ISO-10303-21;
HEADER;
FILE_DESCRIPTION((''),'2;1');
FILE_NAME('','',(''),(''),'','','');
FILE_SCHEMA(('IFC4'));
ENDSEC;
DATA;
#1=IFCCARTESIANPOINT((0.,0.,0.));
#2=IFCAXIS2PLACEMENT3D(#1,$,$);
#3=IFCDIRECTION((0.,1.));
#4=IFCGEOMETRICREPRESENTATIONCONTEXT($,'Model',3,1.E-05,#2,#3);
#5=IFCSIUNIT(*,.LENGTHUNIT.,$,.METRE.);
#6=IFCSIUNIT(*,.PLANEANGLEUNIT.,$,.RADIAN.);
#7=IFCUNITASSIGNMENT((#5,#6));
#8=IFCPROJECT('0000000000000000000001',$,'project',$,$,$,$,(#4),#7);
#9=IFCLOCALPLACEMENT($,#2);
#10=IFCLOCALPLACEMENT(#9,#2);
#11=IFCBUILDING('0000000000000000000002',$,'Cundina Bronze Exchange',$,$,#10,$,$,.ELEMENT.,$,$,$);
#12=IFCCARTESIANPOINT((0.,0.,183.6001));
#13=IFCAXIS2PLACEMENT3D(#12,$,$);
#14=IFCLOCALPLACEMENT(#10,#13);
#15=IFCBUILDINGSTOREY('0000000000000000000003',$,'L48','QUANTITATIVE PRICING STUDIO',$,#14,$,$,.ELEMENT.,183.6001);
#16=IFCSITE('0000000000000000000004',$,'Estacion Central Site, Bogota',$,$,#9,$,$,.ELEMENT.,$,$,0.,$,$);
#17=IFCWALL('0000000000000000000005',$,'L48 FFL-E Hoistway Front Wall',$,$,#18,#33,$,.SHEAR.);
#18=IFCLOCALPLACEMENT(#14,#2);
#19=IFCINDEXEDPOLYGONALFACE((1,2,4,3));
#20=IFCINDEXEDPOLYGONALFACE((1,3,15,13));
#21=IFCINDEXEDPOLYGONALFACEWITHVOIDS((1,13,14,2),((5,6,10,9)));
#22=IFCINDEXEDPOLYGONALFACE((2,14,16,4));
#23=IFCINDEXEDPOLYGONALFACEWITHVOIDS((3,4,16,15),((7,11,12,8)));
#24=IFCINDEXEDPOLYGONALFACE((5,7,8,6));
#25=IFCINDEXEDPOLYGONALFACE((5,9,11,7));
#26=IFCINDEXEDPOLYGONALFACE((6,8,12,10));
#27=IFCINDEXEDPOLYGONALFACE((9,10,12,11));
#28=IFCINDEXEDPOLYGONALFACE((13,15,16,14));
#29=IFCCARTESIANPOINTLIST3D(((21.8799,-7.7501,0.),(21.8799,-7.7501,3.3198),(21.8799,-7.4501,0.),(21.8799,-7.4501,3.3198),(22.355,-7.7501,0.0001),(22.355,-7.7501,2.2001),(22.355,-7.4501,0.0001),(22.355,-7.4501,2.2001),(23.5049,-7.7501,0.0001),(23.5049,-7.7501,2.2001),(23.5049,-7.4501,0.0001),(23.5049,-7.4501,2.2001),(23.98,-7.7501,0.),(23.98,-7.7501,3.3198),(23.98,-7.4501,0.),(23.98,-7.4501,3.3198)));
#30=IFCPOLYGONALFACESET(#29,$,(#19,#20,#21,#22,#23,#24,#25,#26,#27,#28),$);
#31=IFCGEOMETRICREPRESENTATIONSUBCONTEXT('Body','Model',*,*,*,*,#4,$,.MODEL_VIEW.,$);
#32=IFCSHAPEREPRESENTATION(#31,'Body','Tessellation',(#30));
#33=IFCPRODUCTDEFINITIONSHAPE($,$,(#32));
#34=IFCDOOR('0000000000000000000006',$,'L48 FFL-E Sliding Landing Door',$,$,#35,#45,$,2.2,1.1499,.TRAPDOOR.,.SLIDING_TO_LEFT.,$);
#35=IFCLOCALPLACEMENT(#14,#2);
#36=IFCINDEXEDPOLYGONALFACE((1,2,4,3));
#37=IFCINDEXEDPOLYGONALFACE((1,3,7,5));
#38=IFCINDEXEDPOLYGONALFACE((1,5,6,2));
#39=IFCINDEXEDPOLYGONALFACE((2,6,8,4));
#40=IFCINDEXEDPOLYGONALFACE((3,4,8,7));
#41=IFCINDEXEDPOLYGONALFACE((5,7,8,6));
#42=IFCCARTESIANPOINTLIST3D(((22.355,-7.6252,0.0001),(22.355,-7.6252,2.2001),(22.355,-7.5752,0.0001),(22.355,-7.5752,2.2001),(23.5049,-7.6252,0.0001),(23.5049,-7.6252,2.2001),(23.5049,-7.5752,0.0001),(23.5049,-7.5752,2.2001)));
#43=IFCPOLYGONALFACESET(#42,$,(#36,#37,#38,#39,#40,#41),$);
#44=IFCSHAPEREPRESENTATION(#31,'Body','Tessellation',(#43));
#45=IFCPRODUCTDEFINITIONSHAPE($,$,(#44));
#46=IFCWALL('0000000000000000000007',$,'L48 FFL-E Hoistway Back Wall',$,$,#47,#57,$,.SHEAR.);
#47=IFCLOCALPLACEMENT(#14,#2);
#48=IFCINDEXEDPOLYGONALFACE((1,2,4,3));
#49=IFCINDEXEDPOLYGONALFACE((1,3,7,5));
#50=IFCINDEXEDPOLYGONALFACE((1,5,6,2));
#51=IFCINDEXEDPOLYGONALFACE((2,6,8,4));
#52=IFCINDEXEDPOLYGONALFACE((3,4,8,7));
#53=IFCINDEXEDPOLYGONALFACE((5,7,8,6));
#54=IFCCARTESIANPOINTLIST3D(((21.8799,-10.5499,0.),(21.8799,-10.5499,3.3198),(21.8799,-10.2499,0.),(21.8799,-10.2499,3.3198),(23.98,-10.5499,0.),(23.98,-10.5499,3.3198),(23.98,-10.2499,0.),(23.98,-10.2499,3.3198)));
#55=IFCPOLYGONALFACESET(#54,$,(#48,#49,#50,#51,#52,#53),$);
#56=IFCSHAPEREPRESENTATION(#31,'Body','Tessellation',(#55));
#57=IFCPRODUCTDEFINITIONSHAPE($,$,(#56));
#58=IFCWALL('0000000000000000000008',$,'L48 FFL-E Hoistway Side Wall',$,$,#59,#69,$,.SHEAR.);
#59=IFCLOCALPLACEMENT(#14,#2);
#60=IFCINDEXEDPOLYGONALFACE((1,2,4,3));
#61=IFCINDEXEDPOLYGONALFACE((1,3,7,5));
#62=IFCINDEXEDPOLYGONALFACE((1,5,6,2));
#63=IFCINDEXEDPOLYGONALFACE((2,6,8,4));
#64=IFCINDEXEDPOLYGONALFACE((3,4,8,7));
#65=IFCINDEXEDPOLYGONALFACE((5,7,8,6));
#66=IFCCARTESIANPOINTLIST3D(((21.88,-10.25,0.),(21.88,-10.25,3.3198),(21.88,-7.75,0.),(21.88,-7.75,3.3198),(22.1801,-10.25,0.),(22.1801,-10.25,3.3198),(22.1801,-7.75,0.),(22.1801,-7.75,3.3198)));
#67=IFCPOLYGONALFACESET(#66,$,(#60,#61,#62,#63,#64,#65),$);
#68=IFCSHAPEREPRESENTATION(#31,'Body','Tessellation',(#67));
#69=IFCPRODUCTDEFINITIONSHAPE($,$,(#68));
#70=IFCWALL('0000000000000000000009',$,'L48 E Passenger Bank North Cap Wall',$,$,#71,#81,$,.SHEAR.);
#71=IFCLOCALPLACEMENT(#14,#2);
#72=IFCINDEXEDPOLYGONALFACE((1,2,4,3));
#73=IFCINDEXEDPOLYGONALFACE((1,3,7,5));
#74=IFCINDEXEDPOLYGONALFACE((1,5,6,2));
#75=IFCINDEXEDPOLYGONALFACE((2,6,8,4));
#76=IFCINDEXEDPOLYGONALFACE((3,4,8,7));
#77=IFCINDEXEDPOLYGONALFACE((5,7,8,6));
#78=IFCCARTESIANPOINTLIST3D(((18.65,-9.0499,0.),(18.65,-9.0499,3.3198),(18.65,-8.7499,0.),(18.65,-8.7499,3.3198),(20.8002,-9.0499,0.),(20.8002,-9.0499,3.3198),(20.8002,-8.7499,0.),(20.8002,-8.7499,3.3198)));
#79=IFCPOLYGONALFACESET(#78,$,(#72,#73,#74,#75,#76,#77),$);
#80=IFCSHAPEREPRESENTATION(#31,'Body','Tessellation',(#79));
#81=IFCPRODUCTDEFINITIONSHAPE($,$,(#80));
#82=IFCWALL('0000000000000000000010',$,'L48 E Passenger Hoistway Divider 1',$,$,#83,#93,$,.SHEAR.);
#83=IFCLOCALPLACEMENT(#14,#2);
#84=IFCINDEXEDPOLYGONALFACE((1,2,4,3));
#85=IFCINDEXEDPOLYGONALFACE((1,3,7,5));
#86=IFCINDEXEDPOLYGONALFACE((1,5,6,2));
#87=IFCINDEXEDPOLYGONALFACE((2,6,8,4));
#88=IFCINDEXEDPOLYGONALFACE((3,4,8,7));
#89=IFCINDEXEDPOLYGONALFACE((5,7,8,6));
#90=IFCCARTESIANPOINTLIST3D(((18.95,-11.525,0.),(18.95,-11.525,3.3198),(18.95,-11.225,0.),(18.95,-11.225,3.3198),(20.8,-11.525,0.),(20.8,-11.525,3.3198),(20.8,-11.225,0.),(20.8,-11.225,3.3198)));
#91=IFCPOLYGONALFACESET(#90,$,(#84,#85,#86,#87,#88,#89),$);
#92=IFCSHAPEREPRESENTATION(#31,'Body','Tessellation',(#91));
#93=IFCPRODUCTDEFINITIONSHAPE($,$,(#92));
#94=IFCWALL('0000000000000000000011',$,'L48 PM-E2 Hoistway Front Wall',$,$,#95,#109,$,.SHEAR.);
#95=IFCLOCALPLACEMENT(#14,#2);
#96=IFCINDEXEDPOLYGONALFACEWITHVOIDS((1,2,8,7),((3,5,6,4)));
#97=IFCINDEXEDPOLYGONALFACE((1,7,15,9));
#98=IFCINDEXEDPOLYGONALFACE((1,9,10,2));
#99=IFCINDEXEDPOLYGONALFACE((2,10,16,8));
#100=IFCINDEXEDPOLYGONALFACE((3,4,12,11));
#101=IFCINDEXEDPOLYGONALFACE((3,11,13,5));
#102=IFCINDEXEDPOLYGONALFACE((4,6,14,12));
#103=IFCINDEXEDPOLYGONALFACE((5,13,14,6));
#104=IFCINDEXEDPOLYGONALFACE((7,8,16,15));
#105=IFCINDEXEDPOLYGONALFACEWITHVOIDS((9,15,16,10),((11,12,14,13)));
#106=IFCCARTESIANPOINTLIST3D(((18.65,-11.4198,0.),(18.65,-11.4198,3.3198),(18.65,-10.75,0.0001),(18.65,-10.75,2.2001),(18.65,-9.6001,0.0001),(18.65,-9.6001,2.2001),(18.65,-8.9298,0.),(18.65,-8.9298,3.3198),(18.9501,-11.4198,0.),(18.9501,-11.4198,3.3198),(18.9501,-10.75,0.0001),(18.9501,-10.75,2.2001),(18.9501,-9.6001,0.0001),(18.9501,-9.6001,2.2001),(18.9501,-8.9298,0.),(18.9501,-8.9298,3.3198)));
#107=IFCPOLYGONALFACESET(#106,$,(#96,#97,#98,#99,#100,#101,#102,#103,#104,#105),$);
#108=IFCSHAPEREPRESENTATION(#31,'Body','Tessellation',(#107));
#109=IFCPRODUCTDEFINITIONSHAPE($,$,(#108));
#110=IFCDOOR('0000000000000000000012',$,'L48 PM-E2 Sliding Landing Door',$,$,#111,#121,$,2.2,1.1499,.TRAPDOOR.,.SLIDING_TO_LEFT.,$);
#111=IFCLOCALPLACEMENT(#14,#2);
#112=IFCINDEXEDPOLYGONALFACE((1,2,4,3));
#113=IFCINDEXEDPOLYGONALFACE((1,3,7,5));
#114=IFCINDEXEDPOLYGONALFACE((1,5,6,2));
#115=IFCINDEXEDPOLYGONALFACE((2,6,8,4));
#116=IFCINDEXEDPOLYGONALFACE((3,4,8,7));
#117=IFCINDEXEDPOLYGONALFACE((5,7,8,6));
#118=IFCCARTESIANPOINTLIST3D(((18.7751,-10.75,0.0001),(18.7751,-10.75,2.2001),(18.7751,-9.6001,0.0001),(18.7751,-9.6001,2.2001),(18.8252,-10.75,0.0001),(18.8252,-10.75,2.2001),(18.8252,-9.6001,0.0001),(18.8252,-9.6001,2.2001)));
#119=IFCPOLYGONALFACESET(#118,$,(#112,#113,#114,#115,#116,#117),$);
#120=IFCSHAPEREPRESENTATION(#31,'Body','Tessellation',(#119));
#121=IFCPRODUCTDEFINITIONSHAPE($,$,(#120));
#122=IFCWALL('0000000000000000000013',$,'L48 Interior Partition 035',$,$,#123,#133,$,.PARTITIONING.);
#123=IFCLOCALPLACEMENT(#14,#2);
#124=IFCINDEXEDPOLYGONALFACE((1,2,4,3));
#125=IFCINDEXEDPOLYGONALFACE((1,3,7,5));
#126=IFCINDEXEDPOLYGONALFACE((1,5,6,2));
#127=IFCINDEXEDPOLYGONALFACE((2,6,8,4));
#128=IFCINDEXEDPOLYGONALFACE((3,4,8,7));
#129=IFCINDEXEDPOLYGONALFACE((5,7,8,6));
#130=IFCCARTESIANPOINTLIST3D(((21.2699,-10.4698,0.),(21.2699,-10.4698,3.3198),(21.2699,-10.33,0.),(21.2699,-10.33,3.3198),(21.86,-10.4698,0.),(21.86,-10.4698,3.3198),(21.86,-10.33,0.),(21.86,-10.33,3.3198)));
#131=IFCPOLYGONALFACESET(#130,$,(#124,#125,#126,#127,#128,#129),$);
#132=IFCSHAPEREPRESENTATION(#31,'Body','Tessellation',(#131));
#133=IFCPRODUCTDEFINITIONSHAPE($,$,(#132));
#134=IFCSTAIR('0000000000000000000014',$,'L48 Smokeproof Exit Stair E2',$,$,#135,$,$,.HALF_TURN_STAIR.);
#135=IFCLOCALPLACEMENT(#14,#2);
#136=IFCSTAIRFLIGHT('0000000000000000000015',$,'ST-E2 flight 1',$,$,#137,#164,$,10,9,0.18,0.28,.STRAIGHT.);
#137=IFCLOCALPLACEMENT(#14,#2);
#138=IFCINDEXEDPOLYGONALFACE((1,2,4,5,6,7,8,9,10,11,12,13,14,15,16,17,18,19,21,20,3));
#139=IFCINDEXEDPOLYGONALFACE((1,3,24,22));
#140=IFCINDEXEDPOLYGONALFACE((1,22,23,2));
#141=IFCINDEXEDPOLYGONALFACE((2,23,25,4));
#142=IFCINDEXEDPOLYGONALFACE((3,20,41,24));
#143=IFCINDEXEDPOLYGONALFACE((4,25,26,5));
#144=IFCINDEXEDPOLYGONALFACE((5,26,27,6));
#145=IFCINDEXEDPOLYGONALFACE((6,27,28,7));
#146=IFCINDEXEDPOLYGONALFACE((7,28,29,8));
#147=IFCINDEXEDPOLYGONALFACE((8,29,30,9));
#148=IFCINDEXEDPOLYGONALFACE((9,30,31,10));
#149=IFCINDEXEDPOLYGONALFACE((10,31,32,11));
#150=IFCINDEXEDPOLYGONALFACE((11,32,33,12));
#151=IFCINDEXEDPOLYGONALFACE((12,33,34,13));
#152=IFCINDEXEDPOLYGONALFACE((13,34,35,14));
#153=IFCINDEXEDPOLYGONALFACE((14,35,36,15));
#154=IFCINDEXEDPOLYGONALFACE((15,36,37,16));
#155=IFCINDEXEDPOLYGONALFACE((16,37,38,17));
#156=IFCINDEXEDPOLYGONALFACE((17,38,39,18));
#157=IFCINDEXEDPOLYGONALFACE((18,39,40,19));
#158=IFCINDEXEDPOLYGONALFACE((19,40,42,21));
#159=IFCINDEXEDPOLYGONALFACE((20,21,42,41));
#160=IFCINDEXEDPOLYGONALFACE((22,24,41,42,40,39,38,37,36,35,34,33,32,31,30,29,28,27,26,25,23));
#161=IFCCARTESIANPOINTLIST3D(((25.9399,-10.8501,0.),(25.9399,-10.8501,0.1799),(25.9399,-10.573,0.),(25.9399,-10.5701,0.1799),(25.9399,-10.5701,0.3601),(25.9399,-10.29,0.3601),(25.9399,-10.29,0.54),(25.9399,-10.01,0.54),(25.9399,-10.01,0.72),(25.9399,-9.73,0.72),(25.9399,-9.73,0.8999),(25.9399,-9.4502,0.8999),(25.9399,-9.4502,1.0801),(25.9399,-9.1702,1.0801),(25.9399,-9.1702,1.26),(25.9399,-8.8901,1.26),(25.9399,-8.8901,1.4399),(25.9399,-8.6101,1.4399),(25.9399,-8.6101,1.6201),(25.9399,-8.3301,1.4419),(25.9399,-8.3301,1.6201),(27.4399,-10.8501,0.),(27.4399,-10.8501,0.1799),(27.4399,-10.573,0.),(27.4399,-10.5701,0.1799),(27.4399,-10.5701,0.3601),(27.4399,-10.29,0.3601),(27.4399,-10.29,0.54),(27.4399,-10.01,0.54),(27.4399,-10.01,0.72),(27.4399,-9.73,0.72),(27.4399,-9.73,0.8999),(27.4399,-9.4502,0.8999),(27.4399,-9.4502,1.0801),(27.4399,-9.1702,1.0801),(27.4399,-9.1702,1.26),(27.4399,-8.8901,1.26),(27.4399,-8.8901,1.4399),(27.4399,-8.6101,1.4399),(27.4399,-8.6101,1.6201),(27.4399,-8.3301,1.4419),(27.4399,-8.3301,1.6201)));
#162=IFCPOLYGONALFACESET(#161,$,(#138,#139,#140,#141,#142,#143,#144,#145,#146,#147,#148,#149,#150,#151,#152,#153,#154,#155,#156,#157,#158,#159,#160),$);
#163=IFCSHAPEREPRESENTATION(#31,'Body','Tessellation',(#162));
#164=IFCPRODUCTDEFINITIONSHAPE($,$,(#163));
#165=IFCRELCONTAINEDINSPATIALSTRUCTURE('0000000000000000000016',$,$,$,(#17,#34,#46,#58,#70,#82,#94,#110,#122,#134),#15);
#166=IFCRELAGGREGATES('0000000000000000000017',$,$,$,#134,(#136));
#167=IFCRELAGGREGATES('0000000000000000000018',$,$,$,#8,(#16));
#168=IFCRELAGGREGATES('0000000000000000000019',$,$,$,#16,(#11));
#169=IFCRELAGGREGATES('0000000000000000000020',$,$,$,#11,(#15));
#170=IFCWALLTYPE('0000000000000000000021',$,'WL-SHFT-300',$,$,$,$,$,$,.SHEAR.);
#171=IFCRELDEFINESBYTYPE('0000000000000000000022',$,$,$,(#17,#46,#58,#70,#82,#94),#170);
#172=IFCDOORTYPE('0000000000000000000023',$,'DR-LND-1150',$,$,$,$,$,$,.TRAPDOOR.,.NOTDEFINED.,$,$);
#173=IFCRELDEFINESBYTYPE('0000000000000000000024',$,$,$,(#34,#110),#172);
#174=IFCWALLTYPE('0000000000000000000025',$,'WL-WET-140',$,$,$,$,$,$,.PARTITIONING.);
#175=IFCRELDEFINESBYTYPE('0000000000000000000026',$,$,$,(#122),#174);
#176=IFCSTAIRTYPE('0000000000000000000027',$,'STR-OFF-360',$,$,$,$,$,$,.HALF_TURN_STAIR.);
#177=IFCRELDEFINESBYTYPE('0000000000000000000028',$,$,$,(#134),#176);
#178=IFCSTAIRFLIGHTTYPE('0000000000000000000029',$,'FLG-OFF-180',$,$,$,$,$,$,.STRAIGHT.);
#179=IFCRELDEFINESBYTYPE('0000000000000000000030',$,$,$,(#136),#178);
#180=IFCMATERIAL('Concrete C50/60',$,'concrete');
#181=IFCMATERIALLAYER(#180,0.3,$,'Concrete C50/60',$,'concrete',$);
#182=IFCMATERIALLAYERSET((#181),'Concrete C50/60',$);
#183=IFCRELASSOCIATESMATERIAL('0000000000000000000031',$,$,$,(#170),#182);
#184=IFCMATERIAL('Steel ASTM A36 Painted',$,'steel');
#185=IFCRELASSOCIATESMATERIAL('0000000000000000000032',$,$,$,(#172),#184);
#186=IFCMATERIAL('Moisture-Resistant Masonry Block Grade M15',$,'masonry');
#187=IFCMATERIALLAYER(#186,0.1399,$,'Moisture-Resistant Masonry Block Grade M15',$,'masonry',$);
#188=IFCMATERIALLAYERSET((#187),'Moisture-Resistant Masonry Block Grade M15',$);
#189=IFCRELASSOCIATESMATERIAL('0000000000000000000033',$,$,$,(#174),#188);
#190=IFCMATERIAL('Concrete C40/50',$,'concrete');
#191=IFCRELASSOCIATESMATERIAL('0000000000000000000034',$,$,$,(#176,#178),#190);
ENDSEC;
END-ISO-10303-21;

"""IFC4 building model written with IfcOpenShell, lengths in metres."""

from ifc_helpers import new_model, si_unit, direction, frame, frame_2d, origin, place, context, subcontext, project, spatial, polyline, rectangle, outline, extrude, material, layer, layer_set, type_object, element, fill, aggregate, save


model = new_model("IFC4")

# Units and contexts
model_context = context("Model", 3, precision=1e-05, world=origin(), true_north=direction((0.0, 1.0)))
body_context = subcontext(model_context, "Body", "Model", "MODEL_VIEW")
ifc_project = project(units=[si_unit("LENGTHUNIT", "METRE"), si_unit("PLANEANGLEUNIT", "RADIAN")], contexts=[model_context])

# Site, building, storey
site_placement = place(None, origin())
site = spatial("IfcSite", under=ifc_project, at=site_placement, Name="Estacion Central Site, Bogota", CompositionType="ELEMENT", RefElevation=0.0)
building_placement = place(site_placement, origin())
building = spatial("IfcBuilding", under=site, at=building_placement, Name="Cundina Bronze Exchange", CompositionType="ELEMENT")
storey_placement = place(building_placement, frame((0.0, 0.0, 183.6001)))
storey = spatial("IfcBuildingStorey", under=building, at=storey_placement, Name="L48", Description="QUANTITATIVE PRICING STUDIO", CompositionType="ELEMENT", Elevation=183.6001)

# Shared definitions
ifc_material_1 = material(Name="Concrete C50/60", Category="concrete")

# Shared definitions
ifc_layer_1 = layer(ifc_material_1, 0.3, Name="Concrete C50/60", Category="concrete")
ifc_layer_set_1 = layer_set([ifc_layer_1], Name="Concrete C50/60")
wall_type_1 = type_object("IfcWallType", Name="WL-SHFT-300", PredefinedType="SHEAR", material=ifc_layer_set_1)

# Wall, opening, door
ifc_material_2 = material(Name="Steel ASTM A36 Painted", Category="steel")
wall_1_placement = place(storey_placement, frame((21.8799, -7.6001, 0.0), z_axis=(0.0, 0.0, 1.0), x_axis=(1.0, 0.0, 0.0)))
wall_1 = element("IfcWall", 1, at=wall_1_placement, inside=storey, type_object=wall_type_1, Name="L48 FFL-E Hoistway Front Wall", PredefinedType="SHEAR", context=body_context, shape_type="SweptSolid", body=[
    extrude(rectangle(XDim=2.1001, YDim=0.3, at=frame_2d((1.05, 0.0))), origin(), (0.0, 0.0, 1.0), 3.3198),
])
opening_1_placement = place(wall_1_placement, frame((0.4751, 0.0, 0.0)))
opening_1 = element("IfcOpeningElement", 2, at=opening_1_placement, cuts=wall_1, PredefinedType="OPENING", context=body_context, shape_type="SweptSolid", body=[
    extrude(rectangle(XDim=1.1499, YDim=2.2, at=frame_2d((0.575, 1.1001))), frame((0.0, 0.1599, 0.0), z_axis=(0.0, -1.0, 0.0), x_axis=(1.0, 0.0, 0.0)), (0.0, 0.0, 1.0), 0.3201),
])
door_type_1 = type_object("IfcDoorType", Name="DR-LND-1150", OperationType="NOTDEFINED", PredefinedType="TRAPDOOR", material=ifc_material_2)
door_1_placement = place(opening_1_placement, origin())
door_1 = element("IfcDoor", 3, at=door_1_placement, inside=storey, type_object=door_type_1, Name="L48 FFL-E Sliding Landing Door", OperationType="SLIDING_TO_LEFT", OverallHeight=2.2, OverallWidth=1.1499, PredefinedType="TRAPDOOR", context=body_context, shape_type="SweptSolid", body=[
    extrude(rectangle(XDim=1.1499, YDim=2.2, at=frame_2d((0.575, 1.1001))), frame((0.0, 0.0249, 0.0), z_axis=(0.0, -1.0, 0.0), x_axis=(1.0, 0.0, 0.0)), (0.0, 0.0, 1.0), 0.05),
])
fill(opening_1, door_1)

# Walls
wall_2_placement = place(storey_placement, frame((21.8799, -10.3999, 0.0), z_axis=(0.0, 0.0, 1.0), x_axis=(1.0, 0.0, 0.0)))
element("IfcWall", 4, at=wall_2_placement, inside=storey, type_object=wall_type_1, Name="L48 FFL-E Hoistway Back Wall", PredefinedType="SHEAR", context=body_context, shape_type="SweptSolid", body=[
    extrude(rectangle(XDim=2.1001, YDim=0.3, at=frame_2d((1.05, 0.0))), origin(), (0.0, 0.0, 1.0), 3.3198),
])
wall_3_placement = place(storey_placement, frame((22.03, -10.25, 0.0), z_axis=(0.0, 0.0, 1.0), x_axis=(0.0, 1.0, 0.0)))
element("IfcWall", 5, at=wall_3_placement, inside=storey, type_object=wall_type_1, Name="L48 FFL-E Hoistway Side Wall", PredefinedType="SHEAR", context=body_context, shape_type="SweptSolid", body=[
    extrude(rectangle(XDim=2.5, YDim=0.3, at=frame_2d((1.25, 0.0))), origin(), (0.0, 0.0, 1.0), 3.3198),
])
wall_4_placement = place(storey_placement, frame((18.6499, -8.8999, 0.0), z_axis=(0.0, 0.0, 1.0), x_axis=(1.0, 0.0, 0.0)))
element("IfcWall", 6, at=wall_4_placement, inside=storey, type_object=wall_type_1, Name="L48 E Passenger Bank North Cap Wall", PredefinedType="SHEAR", context=body_context, shape_type="SweptSolid", body=[
    extrude(rectangle(XDim=2.1501, YDim=0.3, at=frame_2d((1.0752, 0.0))), origin(), (0.0, 0.0, 1.0), 3.3198),
])
wall_5_placement = place(storey_placement, frame((18.95, -11.375, 0.0), z_axis=(0.0, 0.0, 1.0), x_axis=(1.0, 0.0, 0.0)))
element("IfcWall", 7, at=wall_5_placement, inside=storey, type_object=wall_type_1, Name="L48 E Passenger Hoistway Divider 1", PredefinedType="SHEAR", context=body_context, shape_type="SweptSolid", body=[
    extrude(rectangle(XDim=1.8501, YDim=0.3, at=frame_2d((0.925, 0.0))), origin(), (0.0, 0.0, 1.0), 3.3198),
])

# Wall, opening, door
wall_6_placement = place(storey_placement, frame((18.8, -11.4199, 0.0), z_axis=(0.0, 0.0, 1.0), x_axis=(0.0, 1.0, 0.0)))
wall_6 = element("IfcWall", 8, at=wall_6_placement, inside=storey, type_object=wall_type_1, Name="L48 PM-E2 Hoistway Front Wall", PredefinedType="SHEAR", context=body_context, shape_type="SweptSolid", body=[
    extrude(rectangle(XDim=2.49, YDim=0.3, at=frame_2d((1.2451, 0.0))), origin(), (0.0, 0.0, 1.0), 3.3198),
])
opening_2_placement = place(wall_6_placement, frame((0.6699, 0.0, 0.0)))
opening_2 = element("IfcOpeningElement", 9, at=opening_2_placement, cuts=wall_6, PredefinedType="OPENING", context=body_context, shape_type="SweptSolid", body=[
    extrude(rectangle(XDim=1.1499, YDim=2.2, at=frame_2d((0.575, 1.1001))), frame((0.0, 0.1599, 0.0), z_axis=(0.0, -1.0, 0.0), x_axis=(1.0, 0.0, 0.0)), (0.0, 0.0, 1.0), 0.3201),
])
door_2_placement = place(opening_2_placement, origin())
door_2 = element("IfcDoor", 10, at=door_2_placement, inside=storey, type_object=door_type_1, Name="L48 PM-E2 Sliding Landing Door", OperationType="SLIDING_TO_LEFT", OverallHeight=2.2, OverallWidth=1.1499, PredefinedType="TRAPDOOR", context=body_context, shape_type="SweptSolid", body=[
    extrude(rectangle(XDim=1.1499, YDim=2.2, at=frame_2d((0.575, 1.1001))), frame((0.0, 0.0249, 0.0), z_axis=(0.0, -1.0, 0.0), x_axis=(1.0, 0.0, 0.0)), (0.0, 0.0, 1.0), 0.05),
])
fill(opening_2, door_2)

# Wall
ifc_material_3 = material(Name="Moisture-Resistant Masonry Block Grade M15", Category="masonry")
ifc_layer_2 = layer(ifc_material_3, 0.1399, Name="Moisture-Resistant Masonry Block Grade M15", Category="masonry")
ifc_layer_set_2 = layer_set([ifc_layer_2], Name="Moisture-Resistant Masonry Block Grade M15")
wall_type_2 = type_object("IfcWallType", Name="WL-WET-140", PredefinedType="PARTITIONING", material=ifc_layer_set_2)
wall_7_placement = place(storey_placement, frame((21.27, -10.3999, 0.0), z_axis=(0.0, 0.0, 1.0), x_axis=(1.0, 0.0, 0.0)))
element("IfcWall", 11, at=wall_7_placement, inside=storey, type_object=wall_type_2, Name="L48 Interior Partition 035", PredefinedType="PARTITIONING", context=body_context, shape_type="SweptSolid", body=[
    extrude(rectangle(XDim=0.5901, YDim=0.1399, at=frame_2d((0.2949, 0.0))), origin(), (0.0, 0.0, 1.0), 3.3198),
])

# Stair, stair flight
ifc_material_4 = material(Name="Concrete C40/50", Category="concrete")
stair_type = type_object("IfcStairType", Name="STR-OFF-360", PredefinedType="HALF_TURN_STAIR", material=ifc_material_4)
stair_placement = place(storey_placement, origin())
stair = element("IfcStair", 12, at=stair_placement, inside=storey, type_object=stair_type, Name="L48 Smokeproof Exit Stair E2", PredefinedType="HALF_TURN_STAIR")
stair_flight_type = type_object("IfcStairFlightType", Name="FLG-OFF-180", PredefinedType="STRAIGHT", material=ifc_material_4)
stair_flight_1_placement = place(storey_placement, frame((26.6899, -10.8501, 0.0), z_axis=(0.0, 0.0, 1.0), x_axis=(0.0, 1.0, 0.0)))
stair_flight_1 = element("IfcStairFlight", 13, at=stair_flight_1_placement, type_object=stair_flight_type, Name="ST-E2 flight 1", NumberOfRisers=10, NumberOfTreads=9, PredefinedType="STRAIGHT", RiserHeight=0.18, TreadLength=0.28, context=body_context, shape_type="SweptSolid", body=[
    extrude(outline(polyline([(0.0, 0.0), (0.0, 0.1799), (0.28, 0.1799), (0.28, 0.3601), (0.5601, 0.3601), (0.5601, 0.54), (0.8401, 0.54), (0.8401, 0.72), (1.1201, 0.72), (1.1201, 0.8999), (1.3999, 0.8999), (1.3999, 1.0801), (1.6799, 1.0801), (1.6799, 1.26), (1.96, 1.26), (1.96, 1.4399), (2.24, 1.4399), (2.24, 1.6201), (2.52, 1.6201), (2.52, 1.8), (2.52, 1.4419), (0.2771, 0.0), (0.0, 0.0)])), frame((0.0, 0.75, 0.0), z_axis=(0.0, -1.0, 0.0), x_axis=(1.0, 0.0, 0.0)), (0.0, 0.0, 1.0), 1.5),
])
aggregate(stair, [stair_flight_1])

save(model, "model.ifc")
